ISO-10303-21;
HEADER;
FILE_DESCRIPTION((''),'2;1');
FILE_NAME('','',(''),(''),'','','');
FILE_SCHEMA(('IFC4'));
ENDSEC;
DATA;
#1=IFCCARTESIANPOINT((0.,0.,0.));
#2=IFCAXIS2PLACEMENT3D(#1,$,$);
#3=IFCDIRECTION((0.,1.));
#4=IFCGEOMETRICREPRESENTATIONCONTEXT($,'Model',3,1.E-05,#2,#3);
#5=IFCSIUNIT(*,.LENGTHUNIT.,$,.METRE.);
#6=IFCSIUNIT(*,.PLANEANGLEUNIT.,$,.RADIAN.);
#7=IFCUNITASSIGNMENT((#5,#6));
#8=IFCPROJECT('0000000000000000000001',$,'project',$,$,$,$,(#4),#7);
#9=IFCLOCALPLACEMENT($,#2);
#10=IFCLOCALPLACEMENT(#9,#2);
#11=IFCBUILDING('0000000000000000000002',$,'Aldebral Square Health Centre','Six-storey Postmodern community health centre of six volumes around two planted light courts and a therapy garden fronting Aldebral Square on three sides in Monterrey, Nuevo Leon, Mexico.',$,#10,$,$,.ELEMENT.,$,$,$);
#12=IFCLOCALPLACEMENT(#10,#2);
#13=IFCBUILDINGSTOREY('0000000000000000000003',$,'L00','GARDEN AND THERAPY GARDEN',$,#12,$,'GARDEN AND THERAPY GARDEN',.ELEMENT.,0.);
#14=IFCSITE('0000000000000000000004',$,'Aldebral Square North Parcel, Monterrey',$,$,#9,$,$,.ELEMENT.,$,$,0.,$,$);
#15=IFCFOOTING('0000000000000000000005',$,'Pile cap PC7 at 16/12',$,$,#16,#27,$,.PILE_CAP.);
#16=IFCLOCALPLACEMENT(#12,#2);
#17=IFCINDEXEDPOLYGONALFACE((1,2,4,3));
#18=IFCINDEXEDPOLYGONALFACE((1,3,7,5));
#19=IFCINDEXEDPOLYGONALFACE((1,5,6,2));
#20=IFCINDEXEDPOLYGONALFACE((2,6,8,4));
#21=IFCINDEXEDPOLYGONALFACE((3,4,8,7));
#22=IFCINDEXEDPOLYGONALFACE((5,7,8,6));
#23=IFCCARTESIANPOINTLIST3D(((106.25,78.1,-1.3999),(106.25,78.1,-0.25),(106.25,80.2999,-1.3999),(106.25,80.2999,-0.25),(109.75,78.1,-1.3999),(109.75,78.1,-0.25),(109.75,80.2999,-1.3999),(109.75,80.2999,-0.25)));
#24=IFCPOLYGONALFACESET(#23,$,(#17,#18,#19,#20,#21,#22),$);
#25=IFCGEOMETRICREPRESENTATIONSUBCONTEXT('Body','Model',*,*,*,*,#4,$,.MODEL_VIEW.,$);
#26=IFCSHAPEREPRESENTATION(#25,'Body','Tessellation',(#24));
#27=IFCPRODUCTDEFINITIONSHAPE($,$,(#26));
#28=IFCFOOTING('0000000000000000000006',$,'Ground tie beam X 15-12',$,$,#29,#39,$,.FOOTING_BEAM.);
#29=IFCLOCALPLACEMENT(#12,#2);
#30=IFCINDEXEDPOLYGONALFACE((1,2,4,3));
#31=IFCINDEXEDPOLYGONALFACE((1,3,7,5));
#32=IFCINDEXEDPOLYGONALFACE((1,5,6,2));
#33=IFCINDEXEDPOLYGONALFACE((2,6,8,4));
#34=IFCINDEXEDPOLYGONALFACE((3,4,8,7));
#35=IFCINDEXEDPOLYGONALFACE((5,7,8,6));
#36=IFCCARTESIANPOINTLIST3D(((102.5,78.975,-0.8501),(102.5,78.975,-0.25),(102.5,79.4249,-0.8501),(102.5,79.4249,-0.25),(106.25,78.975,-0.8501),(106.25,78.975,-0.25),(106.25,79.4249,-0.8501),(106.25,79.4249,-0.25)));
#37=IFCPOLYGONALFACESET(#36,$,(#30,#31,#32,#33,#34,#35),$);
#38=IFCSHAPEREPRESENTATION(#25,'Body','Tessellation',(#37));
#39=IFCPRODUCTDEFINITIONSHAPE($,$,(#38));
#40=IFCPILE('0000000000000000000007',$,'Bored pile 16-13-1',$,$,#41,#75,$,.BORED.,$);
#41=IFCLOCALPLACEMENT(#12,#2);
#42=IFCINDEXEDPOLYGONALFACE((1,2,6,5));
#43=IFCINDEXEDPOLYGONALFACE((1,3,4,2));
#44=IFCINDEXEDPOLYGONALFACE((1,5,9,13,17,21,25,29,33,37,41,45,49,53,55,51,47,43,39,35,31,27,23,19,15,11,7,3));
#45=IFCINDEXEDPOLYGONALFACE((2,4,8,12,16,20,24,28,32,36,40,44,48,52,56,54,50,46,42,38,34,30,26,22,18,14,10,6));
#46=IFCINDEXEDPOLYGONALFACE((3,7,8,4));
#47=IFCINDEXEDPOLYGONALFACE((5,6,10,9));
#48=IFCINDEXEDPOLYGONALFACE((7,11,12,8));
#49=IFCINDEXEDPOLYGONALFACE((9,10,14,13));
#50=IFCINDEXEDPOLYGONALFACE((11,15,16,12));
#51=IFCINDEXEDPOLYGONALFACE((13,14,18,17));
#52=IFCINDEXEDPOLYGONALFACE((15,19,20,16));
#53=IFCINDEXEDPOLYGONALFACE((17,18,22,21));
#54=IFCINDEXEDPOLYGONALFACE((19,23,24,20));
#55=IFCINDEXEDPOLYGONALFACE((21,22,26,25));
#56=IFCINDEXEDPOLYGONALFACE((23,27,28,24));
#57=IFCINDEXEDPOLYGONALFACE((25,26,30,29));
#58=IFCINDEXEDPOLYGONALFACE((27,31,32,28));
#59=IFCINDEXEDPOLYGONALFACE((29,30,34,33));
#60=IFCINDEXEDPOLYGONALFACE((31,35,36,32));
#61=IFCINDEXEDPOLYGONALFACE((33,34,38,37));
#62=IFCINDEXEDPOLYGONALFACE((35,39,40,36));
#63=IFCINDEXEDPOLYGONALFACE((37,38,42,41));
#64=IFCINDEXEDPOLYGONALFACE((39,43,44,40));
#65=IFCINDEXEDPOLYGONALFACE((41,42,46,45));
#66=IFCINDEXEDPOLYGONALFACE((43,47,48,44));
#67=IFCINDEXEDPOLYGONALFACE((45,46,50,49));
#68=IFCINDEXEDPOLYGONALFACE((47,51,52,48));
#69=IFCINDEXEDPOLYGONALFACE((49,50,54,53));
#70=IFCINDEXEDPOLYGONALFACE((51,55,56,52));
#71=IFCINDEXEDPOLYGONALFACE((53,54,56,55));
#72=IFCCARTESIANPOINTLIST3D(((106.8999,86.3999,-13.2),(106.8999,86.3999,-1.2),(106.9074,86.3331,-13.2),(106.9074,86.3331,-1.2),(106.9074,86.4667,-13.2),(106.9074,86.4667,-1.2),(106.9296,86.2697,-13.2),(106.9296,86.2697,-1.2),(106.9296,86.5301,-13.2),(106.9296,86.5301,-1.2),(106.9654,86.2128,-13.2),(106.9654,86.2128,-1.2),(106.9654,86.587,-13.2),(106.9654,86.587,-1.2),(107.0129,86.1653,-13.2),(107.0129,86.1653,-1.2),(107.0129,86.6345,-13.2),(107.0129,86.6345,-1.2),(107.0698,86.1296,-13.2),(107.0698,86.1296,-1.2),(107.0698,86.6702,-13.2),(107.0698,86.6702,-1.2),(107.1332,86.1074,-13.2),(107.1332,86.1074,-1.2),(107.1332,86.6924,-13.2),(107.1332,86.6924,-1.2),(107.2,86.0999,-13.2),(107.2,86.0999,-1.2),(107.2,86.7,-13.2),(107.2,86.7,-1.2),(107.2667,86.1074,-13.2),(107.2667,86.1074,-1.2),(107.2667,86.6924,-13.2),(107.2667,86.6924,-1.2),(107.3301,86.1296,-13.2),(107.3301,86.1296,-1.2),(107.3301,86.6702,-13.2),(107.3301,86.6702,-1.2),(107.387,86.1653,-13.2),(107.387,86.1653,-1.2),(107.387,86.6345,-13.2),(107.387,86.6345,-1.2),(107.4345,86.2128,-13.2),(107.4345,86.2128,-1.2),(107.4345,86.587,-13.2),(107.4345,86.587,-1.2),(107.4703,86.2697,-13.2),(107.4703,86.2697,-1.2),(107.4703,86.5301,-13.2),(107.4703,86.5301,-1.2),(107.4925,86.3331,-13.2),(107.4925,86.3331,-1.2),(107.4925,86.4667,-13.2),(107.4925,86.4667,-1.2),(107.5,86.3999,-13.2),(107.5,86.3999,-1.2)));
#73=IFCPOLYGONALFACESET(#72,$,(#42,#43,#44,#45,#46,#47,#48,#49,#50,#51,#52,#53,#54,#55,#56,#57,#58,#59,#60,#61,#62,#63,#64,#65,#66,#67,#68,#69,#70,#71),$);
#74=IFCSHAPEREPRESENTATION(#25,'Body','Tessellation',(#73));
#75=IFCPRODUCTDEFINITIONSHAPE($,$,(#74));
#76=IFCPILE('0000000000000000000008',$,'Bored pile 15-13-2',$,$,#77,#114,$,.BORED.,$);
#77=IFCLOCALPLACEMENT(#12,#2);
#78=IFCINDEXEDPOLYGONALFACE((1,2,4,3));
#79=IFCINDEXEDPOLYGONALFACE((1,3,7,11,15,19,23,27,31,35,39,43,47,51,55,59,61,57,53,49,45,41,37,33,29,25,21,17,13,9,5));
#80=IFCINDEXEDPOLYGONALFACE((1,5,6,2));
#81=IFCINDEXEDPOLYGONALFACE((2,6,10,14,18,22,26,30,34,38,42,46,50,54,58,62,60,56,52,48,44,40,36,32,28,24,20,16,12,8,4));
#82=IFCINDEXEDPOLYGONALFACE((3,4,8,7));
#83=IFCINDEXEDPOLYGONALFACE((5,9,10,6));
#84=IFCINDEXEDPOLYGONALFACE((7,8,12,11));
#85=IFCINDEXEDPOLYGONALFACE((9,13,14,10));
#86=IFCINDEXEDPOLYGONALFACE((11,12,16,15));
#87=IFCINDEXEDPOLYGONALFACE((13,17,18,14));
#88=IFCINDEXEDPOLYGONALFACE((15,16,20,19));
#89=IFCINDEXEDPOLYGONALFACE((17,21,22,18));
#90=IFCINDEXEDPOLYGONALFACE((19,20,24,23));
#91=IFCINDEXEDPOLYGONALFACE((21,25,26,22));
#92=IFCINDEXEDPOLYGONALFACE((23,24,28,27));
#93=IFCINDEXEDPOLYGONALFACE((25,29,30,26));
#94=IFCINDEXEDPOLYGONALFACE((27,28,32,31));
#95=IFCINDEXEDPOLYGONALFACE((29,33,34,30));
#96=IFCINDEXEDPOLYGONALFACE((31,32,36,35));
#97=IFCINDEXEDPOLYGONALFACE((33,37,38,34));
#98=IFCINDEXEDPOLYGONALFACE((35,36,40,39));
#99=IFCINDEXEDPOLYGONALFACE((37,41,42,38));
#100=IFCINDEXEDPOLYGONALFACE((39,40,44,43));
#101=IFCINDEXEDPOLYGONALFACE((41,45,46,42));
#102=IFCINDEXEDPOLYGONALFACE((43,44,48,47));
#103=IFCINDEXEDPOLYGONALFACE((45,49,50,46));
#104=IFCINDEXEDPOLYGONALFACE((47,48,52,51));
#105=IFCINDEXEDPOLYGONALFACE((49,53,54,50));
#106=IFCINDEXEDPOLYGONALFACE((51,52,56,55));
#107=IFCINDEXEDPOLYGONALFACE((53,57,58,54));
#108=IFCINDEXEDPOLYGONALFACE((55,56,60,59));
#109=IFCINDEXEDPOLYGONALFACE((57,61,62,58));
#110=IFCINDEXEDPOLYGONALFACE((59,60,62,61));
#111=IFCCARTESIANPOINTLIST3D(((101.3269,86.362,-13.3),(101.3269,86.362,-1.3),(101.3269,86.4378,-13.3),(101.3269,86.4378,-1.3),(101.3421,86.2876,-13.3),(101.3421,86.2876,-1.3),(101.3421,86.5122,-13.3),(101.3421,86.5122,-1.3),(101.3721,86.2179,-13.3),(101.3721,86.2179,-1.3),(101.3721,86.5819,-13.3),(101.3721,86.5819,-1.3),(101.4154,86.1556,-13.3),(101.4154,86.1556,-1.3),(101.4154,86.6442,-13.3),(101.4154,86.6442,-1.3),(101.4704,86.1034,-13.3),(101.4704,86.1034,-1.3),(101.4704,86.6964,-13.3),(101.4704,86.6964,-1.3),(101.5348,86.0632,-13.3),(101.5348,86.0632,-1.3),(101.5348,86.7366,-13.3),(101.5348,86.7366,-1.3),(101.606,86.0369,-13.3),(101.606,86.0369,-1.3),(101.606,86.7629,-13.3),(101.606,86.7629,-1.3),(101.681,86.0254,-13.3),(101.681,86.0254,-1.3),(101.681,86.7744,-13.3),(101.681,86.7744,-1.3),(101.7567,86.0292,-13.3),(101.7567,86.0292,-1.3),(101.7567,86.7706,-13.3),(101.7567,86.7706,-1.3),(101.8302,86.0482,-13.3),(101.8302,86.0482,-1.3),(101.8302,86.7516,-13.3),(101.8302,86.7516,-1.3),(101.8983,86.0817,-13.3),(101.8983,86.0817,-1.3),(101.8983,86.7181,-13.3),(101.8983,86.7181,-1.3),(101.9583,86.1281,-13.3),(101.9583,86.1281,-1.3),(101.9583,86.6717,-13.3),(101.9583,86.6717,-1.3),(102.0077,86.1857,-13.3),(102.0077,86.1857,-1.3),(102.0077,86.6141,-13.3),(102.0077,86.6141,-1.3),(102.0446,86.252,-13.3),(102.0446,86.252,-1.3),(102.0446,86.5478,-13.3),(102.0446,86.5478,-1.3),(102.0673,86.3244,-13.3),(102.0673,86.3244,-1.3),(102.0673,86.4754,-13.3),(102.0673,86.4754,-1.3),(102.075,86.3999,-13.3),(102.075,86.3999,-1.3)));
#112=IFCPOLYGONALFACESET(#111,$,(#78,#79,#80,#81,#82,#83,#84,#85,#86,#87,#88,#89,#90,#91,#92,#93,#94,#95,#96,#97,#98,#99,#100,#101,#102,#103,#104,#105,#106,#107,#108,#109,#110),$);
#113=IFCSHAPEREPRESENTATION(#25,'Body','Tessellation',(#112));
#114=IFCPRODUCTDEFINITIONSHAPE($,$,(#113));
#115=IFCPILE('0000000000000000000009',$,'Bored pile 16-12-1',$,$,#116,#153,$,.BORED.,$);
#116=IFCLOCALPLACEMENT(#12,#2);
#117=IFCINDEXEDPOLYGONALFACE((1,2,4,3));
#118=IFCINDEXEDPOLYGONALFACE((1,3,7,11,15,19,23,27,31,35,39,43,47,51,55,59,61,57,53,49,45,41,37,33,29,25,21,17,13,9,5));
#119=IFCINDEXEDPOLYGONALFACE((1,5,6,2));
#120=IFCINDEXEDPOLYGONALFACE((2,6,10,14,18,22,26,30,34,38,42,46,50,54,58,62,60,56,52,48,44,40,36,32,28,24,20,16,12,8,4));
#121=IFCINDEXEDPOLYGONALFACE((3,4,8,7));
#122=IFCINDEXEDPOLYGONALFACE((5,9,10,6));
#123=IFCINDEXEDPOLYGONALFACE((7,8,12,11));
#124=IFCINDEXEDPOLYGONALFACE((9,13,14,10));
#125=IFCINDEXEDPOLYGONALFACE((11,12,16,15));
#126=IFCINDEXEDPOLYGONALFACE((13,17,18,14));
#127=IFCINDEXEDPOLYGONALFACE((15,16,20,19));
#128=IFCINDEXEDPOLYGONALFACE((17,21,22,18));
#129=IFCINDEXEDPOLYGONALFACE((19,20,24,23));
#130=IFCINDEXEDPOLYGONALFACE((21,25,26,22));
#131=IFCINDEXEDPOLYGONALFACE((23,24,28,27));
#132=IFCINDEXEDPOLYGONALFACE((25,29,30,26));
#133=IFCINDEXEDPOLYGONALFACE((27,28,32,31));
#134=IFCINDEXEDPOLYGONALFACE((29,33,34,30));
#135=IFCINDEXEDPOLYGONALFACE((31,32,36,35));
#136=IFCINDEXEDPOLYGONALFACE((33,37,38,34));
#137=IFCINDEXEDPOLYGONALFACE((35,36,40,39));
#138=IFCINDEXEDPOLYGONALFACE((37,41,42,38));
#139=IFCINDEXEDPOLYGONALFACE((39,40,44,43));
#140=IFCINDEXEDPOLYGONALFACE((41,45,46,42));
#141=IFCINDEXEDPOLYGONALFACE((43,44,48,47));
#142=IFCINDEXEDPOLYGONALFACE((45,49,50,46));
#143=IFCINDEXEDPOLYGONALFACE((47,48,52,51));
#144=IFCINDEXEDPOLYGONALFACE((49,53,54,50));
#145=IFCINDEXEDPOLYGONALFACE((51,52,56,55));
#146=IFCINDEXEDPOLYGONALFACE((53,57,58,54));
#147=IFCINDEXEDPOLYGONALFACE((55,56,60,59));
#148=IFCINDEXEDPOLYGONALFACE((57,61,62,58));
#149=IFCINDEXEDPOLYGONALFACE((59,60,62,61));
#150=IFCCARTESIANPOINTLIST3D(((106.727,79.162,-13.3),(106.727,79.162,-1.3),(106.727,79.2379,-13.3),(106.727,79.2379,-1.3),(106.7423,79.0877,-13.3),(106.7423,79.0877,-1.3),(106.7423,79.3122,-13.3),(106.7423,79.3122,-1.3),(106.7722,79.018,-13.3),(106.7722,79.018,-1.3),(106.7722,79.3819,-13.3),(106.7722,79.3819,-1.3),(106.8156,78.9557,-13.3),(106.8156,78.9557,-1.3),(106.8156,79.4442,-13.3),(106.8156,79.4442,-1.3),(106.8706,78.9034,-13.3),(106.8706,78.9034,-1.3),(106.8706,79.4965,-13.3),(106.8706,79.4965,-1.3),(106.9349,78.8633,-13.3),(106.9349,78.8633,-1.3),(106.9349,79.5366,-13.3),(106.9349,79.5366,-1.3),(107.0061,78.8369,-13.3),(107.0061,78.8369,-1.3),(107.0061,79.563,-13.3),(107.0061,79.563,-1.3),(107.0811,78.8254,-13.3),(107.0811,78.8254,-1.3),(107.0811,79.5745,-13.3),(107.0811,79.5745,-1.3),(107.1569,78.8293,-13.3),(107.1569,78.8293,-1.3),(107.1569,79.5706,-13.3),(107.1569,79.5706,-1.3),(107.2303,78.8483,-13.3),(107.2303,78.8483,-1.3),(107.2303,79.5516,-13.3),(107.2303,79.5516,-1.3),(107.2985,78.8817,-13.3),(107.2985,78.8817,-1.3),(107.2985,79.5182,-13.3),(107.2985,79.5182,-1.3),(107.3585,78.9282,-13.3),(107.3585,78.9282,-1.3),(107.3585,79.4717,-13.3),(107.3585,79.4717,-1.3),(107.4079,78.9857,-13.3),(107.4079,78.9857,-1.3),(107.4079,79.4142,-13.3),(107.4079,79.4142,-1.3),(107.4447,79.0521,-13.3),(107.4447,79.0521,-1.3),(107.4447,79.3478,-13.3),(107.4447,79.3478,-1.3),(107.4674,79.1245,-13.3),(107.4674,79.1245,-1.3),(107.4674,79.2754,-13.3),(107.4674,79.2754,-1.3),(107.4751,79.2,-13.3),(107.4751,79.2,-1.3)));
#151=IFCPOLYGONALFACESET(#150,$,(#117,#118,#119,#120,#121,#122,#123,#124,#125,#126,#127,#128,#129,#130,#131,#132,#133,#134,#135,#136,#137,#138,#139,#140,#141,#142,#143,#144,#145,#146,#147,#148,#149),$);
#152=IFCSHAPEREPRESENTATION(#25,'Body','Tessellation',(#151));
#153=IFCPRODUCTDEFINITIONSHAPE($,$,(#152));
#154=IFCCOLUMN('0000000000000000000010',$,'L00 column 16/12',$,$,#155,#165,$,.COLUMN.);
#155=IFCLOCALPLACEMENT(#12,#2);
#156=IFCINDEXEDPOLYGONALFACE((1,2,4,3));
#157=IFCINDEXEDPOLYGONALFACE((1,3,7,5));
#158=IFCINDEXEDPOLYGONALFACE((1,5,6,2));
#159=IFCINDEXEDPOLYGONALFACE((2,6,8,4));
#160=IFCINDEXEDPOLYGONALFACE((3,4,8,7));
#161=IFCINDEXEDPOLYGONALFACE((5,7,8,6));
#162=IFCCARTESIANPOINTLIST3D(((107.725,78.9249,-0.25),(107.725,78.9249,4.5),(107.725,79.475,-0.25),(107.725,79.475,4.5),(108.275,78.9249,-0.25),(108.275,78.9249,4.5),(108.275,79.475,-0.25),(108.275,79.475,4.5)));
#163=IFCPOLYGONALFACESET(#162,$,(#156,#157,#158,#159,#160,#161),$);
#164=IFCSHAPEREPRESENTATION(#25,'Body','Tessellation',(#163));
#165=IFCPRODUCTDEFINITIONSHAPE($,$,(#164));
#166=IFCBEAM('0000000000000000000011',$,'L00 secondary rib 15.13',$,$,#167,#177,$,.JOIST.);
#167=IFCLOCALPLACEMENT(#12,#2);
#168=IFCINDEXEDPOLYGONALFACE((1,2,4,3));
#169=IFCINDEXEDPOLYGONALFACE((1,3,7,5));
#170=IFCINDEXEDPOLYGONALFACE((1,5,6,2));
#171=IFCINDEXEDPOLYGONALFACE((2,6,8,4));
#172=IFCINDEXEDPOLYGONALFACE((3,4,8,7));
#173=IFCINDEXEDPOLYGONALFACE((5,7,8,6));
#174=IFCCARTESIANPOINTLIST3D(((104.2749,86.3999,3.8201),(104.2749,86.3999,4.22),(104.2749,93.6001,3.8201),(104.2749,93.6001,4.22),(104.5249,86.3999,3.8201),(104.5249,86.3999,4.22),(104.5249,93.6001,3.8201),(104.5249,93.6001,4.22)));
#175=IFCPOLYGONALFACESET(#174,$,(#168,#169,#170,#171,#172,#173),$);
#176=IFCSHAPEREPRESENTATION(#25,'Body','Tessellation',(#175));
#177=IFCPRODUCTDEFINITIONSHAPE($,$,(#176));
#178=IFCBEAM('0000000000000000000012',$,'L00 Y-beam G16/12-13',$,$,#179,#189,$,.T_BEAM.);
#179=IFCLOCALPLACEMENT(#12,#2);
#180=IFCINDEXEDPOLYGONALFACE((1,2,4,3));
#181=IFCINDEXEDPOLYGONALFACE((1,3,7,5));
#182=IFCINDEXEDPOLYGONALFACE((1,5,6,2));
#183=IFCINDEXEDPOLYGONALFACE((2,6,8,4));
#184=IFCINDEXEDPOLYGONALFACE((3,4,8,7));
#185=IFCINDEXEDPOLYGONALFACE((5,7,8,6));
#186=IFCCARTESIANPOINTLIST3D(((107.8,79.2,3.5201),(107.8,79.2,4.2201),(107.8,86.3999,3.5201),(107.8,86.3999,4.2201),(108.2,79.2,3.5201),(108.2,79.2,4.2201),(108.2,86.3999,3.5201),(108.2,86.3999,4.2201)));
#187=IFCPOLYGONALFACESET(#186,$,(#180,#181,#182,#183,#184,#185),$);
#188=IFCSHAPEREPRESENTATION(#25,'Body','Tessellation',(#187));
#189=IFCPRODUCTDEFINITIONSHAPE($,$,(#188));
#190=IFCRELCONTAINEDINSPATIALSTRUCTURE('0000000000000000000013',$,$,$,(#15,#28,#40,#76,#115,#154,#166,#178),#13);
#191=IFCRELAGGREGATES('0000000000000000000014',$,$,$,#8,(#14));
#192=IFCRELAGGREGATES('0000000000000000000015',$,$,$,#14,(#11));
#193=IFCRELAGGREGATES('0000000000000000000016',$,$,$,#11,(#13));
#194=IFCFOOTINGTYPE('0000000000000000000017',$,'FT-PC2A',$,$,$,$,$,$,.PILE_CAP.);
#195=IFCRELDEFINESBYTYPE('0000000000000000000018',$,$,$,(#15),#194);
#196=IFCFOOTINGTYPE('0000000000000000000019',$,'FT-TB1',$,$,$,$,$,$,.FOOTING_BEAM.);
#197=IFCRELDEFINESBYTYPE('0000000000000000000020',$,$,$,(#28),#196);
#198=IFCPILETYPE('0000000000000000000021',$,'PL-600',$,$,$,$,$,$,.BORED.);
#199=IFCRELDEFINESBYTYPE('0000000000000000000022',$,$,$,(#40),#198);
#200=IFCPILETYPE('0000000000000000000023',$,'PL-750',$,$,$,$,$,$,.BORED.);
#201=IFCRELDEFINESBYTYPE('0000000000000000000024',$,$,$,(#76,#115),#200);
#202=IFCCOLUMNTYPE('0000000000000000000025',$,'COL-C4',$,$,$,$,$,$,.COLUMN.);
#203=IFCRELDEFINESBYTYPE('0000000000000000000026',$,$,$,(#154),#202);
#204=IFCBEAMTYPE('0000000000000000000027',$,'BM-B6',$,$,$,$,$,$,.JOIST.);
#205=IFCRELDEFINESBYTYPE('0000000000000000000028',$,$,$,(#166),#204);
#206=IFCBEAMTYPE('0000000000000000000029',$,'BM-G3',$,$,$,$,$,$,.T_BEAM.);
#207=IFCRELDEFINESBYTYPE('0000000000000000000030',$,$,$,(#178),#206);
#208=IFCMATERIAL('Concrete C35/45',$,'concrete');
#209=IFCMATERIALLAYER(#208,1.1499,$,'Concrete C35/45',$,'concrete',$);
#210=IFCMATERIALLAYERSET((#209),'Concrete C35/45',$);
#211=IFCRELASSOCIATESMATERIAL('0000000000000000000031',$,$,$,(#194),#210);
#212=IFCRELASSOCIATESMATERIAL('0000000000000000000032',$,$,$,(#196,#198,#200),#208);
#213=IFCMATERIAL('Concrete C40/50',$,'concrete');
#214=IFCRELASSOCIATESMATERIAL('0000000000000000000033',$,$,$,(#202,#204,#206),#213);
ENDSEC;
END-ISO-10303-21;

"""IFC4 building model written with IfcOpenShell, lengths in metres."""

from ifc_helpers import new_model, si_unit, direction, frame, origin, origin_2d, place, context, subcontext, project, spatial, rectangle, circle, extrude, material, layer, layer_set, material_profile, profile_set, type_object, element, save


model = new_model("IFC4")

# Units and contexts
model_context = context("Model", 3, precision=1e-05, world=origin(), true_north=direction((0.0, 1.0)))
body_context = subcontext(model_context, "Body", "Model", "MODEL_VIEW")
ifc_project = project(units=[si_unit("LENGTHUNIT", "METRE"), si_unit("PLANEANGLEUNIT", "RADIAN")], contexts=[model_context])

# Site, building, storey
site_placement = place(None, origin())
site = spatial("IfcSite", under=ifc_project, at=site_placement, Name="Aldebral Square North Parcel, Monterrey", CompositionType="ELEMENT", RefElevation=0.0)
building_placement = place(site_placement, origin())
building = spatial("IfcBuilding", under=site, at=building_placement, Name="Aldebral Square Health Centre", Description="Six-storey Postmodern community health centre of six volumes around two planted light courts and a therapy garden fronting Aldebral Square on three sides in Monterrey, Nuevo Leon, Mexico.", CompositionType="ELEMENT")
storey_placement = place(building_placement, origin())
storey = spatial("IfcBuildingStorey", under=building, at=storey_placement, Name="L00", Description="GARDEN AND THERAPY GARDEN", LongName="GARDEN AND THERAPY GARDEN", CompositionType="ELEMENT", Elevation=0.0)

# Footings
ifc_material_1 = material(Name="Concrete C35/45", Category="concrete")
ifc_layer_1 = layer(ifc_material_1, 1.1499, Name="Concrete C35/45", Category="concrete")
ifc_layer_set_1 = layer_set([ifc_layer_1], Name="Concrete C35/45")
footing_type_1 = type_object("IfcFootingType", Name="FT-PC2A", PredefinedType="PILE_CAP", material=ifc_layer_set_1)
footing_1_placement = place(storey_placement, frame((108.0, 79.2, -1.3999), z_axis=(0.0, 0.0, 1.0), x_axis=(1.0, 0.0, 0.0)))
element("IfcFooting", 1, at=footing_1_placement, inside=storey, type_object=footing_type_1, Name="Pile cap PC7 at 16/12", PredefinedType="PILE_CAP", context=body_context, shape_type="SweptSolid", body=[
    extrude(rectangle(XDim=3.5, YDim=2.2, at=origin_2d()), origin(), (0.0, 0.0, 1.0), 1.1499),
])
ifc_material_profile_1 = material_profile(ifc_material_1, rectangle(XDim=0.45, YDim=0.6001, at=origin_2d()), Name="RC 450x600")
ifc_profile_set_1 = profile_set([ifc_material_profile_1], Name="Concrete C35/45")
footing_type_2 = type_object("IfcFootingType", Name="FT-TB1", PredefinedType="FOOTING_BEAM", material=ifc_profile_set_1)
footing_2_placement = place(storey_placement, frame((102.5, 79.2, -0.55), z_axis=(1.0, 0.0, 0.0), x_axis=(0.0, 1.0, 0.0)))
element("IfcFooting", 2, at=footing_2_placement, inside=storey, type_object=footing_type_2, Name="Ground tie beam X 15-12", PredefinedType="FOOTING_BEAM", context=body_context, shape_type="SweptSolid", body=[
    extrude(rectangle(XDim=0.45, YDim=0.6001, at=origin_2d()), origin(), (0.0, 0.0, 1.0), 3.75),
])

# Piles
ifc_material_profile_2 = material_profile(ifc_material_1, circle(Radius=0.3, at=origin_2d()), Name="PILE D600")
ifc_profile_set_2 = profile_set([ifc_material_profile_2], Name="Concrete C35/45")
pile_type_1 = type_object("IfcPileType", Name="PL-600", PredefinedType="BORED", material=ifc_profile_set_2)
pile_placement = place(storey_placement, frame((107.2, 86.3999, -1.2), z_axis=(0.0, 0.0, -1.0), x_axis=(1.0, 0.0, 0.0)))
element("IfcPile", 3, at=pile_placement, inside=storey, type_object=pile_type_1, Name="Bored pile 16-13-1", PredefinedType="BORED", context=body_context, shape_type="SweptSolid", body=[
    extrude(circle(Radius=0.3, at=origin_2d()), origin(), (0.0, 0.0, 1.0), 12.0),
])
ifc_material_profile_3 = material_profile(ifc_material_1, circle(Radius=0.375, at=origin_2d()), Name="PILE D750")
ifc_profile_set_3 = profile_set([ifc_material_profile_3], Name="Concrete C35/45")
pile_type_2 = type_object("IfcPileType", Name="PL-750", PredefinedType="BORED", material=ifc_profile_set_3)
for number, where, z_axis, x_axis, name in (
    (4, (101.7, 86.3999, -1.3), (0.0, 0.0, -1.0), (1.0, 0.0, 0.0), "Bored pile 15-13-2"),
    (5, (107.1001, 79.2, -1.3), (0.0, 0.0, -1.0), (1.0, 0.0, 0.0), "Bored pile 16-12-1"),
):
    element("IfcPile", number, at=place(storey_placement, frame(where, z_axis=z_axis, x_axis=x_axis)), inside=storey, type_object=pile_type_2, Name=name, PredefinedType="BORED", context=body_context, shape_type="SweptSolid", body=[
        extrude(circle(Radius=0.375, at=origin_2d()), origin(), (0.0, 0.0, 1.0), 12.0),
    ])

# Column
ifc_material_2 = material(Name="Concrete C40/50", Category="concrete")
ifc_material_profile_4 = material_profile(ifc_material_2, rectangle(XDim=0.55, YDim=0.55, at=origin_2d()), Name="RC 550x550")
ifc_profile_set_4 = profile_set([ifc_material_profile_4], Name="Concrete C40/50")
column_type = type_object("IfcColumnType", Name="COL-C4", PredefinedType="COLUMN", material=ifc_profile_set_4)
column_placement = place(storey_placement, frame((108.0, 79.2, -0.25), z_axis=(0.0, 0.0, 1.0), x_axis=(1.0, 0.0, 0.0)))
element("IfcColumn", 6, at=column_placement, inside=storey, type_object=column_type, Name="L00 column 16/12", PredefinedType="COLUMN", context=body_context, shape_type="SweptSolid", body=[
    extrude(rectangle(XDim=0.55, YDim=0.55, at=origin_2d()), origin(), (0.0, 0.0, 1.0), 4.75),
])

# Beams
ifc_material_profile_5 = material_profile(ifc_material_2, rectangle(XDim=0.25, YDim=0.3999, at=origin_2d()), Name="RC 250x400")
ifc_profile_set_5 = profile_set([ifc_material_profile_5], Name="Concrete C40/50")
beam_type_1 = type_object("IfcBeamType", Name="BM-B6", PredefinedType="JOIST", material=ifc_profile_set_5)
beam_1_placement = place(storey_placement, frame((104.3999, 86.3999, 4.02), z_axis=(0.0, 1.0, 0.0), x_axis=(-1.0, 0.0, 0.0)))
element("IfcBeam", 7, at=beam_1_placement, inside=storey, type_object=beam_type_1, Name="L00 secondary rib 15.13", PredefinedType="JOIST", context=body_context, shape_type="SweptSolid", body=[
    extrude(rectangle(XDim=0.25, YDim=0.3999, at=origin_2d()), origin(), (0.0, 0.0, 1.0), 7.2002),
])
ifc_material_profile_6 = material_profile(ifc_material_2, rectangle(XDim=0.3999, YDim=0.7, at=origin_2d()), Name="RC 400x700")
ifc_profile_set_6 = profile_set([ifc_material_profile_6], Name="Concrete C40/50")
beam_type_2 = type_object("IfcBeamType", Name="BM-G3", PredefinedType="T_BEAM", material=ifc_profile_set_6)
beam_2_placement = place(storey_placement, frame((108.0, 79.2, 3.8701), z_axis=(0.0, 1.0, 0.0), x_axis=(-1.0, 0.0, 0.0)))
element("IfcBeam", 8, at=beam_2_placement, inside=storey, type_object=beam_type_2, Name="L00 Y-beam G16/12-13", PredefinedType="T_BEAM", context=body_context, shape_type="SweptSolid", body=[
    extrude(rectangle(XDim=0.3999, YDim=0.7, at=origin_2d()), origin(), (0.0, 0.0, 1.0), 7.2),
])

save(model, "model.ifc")
